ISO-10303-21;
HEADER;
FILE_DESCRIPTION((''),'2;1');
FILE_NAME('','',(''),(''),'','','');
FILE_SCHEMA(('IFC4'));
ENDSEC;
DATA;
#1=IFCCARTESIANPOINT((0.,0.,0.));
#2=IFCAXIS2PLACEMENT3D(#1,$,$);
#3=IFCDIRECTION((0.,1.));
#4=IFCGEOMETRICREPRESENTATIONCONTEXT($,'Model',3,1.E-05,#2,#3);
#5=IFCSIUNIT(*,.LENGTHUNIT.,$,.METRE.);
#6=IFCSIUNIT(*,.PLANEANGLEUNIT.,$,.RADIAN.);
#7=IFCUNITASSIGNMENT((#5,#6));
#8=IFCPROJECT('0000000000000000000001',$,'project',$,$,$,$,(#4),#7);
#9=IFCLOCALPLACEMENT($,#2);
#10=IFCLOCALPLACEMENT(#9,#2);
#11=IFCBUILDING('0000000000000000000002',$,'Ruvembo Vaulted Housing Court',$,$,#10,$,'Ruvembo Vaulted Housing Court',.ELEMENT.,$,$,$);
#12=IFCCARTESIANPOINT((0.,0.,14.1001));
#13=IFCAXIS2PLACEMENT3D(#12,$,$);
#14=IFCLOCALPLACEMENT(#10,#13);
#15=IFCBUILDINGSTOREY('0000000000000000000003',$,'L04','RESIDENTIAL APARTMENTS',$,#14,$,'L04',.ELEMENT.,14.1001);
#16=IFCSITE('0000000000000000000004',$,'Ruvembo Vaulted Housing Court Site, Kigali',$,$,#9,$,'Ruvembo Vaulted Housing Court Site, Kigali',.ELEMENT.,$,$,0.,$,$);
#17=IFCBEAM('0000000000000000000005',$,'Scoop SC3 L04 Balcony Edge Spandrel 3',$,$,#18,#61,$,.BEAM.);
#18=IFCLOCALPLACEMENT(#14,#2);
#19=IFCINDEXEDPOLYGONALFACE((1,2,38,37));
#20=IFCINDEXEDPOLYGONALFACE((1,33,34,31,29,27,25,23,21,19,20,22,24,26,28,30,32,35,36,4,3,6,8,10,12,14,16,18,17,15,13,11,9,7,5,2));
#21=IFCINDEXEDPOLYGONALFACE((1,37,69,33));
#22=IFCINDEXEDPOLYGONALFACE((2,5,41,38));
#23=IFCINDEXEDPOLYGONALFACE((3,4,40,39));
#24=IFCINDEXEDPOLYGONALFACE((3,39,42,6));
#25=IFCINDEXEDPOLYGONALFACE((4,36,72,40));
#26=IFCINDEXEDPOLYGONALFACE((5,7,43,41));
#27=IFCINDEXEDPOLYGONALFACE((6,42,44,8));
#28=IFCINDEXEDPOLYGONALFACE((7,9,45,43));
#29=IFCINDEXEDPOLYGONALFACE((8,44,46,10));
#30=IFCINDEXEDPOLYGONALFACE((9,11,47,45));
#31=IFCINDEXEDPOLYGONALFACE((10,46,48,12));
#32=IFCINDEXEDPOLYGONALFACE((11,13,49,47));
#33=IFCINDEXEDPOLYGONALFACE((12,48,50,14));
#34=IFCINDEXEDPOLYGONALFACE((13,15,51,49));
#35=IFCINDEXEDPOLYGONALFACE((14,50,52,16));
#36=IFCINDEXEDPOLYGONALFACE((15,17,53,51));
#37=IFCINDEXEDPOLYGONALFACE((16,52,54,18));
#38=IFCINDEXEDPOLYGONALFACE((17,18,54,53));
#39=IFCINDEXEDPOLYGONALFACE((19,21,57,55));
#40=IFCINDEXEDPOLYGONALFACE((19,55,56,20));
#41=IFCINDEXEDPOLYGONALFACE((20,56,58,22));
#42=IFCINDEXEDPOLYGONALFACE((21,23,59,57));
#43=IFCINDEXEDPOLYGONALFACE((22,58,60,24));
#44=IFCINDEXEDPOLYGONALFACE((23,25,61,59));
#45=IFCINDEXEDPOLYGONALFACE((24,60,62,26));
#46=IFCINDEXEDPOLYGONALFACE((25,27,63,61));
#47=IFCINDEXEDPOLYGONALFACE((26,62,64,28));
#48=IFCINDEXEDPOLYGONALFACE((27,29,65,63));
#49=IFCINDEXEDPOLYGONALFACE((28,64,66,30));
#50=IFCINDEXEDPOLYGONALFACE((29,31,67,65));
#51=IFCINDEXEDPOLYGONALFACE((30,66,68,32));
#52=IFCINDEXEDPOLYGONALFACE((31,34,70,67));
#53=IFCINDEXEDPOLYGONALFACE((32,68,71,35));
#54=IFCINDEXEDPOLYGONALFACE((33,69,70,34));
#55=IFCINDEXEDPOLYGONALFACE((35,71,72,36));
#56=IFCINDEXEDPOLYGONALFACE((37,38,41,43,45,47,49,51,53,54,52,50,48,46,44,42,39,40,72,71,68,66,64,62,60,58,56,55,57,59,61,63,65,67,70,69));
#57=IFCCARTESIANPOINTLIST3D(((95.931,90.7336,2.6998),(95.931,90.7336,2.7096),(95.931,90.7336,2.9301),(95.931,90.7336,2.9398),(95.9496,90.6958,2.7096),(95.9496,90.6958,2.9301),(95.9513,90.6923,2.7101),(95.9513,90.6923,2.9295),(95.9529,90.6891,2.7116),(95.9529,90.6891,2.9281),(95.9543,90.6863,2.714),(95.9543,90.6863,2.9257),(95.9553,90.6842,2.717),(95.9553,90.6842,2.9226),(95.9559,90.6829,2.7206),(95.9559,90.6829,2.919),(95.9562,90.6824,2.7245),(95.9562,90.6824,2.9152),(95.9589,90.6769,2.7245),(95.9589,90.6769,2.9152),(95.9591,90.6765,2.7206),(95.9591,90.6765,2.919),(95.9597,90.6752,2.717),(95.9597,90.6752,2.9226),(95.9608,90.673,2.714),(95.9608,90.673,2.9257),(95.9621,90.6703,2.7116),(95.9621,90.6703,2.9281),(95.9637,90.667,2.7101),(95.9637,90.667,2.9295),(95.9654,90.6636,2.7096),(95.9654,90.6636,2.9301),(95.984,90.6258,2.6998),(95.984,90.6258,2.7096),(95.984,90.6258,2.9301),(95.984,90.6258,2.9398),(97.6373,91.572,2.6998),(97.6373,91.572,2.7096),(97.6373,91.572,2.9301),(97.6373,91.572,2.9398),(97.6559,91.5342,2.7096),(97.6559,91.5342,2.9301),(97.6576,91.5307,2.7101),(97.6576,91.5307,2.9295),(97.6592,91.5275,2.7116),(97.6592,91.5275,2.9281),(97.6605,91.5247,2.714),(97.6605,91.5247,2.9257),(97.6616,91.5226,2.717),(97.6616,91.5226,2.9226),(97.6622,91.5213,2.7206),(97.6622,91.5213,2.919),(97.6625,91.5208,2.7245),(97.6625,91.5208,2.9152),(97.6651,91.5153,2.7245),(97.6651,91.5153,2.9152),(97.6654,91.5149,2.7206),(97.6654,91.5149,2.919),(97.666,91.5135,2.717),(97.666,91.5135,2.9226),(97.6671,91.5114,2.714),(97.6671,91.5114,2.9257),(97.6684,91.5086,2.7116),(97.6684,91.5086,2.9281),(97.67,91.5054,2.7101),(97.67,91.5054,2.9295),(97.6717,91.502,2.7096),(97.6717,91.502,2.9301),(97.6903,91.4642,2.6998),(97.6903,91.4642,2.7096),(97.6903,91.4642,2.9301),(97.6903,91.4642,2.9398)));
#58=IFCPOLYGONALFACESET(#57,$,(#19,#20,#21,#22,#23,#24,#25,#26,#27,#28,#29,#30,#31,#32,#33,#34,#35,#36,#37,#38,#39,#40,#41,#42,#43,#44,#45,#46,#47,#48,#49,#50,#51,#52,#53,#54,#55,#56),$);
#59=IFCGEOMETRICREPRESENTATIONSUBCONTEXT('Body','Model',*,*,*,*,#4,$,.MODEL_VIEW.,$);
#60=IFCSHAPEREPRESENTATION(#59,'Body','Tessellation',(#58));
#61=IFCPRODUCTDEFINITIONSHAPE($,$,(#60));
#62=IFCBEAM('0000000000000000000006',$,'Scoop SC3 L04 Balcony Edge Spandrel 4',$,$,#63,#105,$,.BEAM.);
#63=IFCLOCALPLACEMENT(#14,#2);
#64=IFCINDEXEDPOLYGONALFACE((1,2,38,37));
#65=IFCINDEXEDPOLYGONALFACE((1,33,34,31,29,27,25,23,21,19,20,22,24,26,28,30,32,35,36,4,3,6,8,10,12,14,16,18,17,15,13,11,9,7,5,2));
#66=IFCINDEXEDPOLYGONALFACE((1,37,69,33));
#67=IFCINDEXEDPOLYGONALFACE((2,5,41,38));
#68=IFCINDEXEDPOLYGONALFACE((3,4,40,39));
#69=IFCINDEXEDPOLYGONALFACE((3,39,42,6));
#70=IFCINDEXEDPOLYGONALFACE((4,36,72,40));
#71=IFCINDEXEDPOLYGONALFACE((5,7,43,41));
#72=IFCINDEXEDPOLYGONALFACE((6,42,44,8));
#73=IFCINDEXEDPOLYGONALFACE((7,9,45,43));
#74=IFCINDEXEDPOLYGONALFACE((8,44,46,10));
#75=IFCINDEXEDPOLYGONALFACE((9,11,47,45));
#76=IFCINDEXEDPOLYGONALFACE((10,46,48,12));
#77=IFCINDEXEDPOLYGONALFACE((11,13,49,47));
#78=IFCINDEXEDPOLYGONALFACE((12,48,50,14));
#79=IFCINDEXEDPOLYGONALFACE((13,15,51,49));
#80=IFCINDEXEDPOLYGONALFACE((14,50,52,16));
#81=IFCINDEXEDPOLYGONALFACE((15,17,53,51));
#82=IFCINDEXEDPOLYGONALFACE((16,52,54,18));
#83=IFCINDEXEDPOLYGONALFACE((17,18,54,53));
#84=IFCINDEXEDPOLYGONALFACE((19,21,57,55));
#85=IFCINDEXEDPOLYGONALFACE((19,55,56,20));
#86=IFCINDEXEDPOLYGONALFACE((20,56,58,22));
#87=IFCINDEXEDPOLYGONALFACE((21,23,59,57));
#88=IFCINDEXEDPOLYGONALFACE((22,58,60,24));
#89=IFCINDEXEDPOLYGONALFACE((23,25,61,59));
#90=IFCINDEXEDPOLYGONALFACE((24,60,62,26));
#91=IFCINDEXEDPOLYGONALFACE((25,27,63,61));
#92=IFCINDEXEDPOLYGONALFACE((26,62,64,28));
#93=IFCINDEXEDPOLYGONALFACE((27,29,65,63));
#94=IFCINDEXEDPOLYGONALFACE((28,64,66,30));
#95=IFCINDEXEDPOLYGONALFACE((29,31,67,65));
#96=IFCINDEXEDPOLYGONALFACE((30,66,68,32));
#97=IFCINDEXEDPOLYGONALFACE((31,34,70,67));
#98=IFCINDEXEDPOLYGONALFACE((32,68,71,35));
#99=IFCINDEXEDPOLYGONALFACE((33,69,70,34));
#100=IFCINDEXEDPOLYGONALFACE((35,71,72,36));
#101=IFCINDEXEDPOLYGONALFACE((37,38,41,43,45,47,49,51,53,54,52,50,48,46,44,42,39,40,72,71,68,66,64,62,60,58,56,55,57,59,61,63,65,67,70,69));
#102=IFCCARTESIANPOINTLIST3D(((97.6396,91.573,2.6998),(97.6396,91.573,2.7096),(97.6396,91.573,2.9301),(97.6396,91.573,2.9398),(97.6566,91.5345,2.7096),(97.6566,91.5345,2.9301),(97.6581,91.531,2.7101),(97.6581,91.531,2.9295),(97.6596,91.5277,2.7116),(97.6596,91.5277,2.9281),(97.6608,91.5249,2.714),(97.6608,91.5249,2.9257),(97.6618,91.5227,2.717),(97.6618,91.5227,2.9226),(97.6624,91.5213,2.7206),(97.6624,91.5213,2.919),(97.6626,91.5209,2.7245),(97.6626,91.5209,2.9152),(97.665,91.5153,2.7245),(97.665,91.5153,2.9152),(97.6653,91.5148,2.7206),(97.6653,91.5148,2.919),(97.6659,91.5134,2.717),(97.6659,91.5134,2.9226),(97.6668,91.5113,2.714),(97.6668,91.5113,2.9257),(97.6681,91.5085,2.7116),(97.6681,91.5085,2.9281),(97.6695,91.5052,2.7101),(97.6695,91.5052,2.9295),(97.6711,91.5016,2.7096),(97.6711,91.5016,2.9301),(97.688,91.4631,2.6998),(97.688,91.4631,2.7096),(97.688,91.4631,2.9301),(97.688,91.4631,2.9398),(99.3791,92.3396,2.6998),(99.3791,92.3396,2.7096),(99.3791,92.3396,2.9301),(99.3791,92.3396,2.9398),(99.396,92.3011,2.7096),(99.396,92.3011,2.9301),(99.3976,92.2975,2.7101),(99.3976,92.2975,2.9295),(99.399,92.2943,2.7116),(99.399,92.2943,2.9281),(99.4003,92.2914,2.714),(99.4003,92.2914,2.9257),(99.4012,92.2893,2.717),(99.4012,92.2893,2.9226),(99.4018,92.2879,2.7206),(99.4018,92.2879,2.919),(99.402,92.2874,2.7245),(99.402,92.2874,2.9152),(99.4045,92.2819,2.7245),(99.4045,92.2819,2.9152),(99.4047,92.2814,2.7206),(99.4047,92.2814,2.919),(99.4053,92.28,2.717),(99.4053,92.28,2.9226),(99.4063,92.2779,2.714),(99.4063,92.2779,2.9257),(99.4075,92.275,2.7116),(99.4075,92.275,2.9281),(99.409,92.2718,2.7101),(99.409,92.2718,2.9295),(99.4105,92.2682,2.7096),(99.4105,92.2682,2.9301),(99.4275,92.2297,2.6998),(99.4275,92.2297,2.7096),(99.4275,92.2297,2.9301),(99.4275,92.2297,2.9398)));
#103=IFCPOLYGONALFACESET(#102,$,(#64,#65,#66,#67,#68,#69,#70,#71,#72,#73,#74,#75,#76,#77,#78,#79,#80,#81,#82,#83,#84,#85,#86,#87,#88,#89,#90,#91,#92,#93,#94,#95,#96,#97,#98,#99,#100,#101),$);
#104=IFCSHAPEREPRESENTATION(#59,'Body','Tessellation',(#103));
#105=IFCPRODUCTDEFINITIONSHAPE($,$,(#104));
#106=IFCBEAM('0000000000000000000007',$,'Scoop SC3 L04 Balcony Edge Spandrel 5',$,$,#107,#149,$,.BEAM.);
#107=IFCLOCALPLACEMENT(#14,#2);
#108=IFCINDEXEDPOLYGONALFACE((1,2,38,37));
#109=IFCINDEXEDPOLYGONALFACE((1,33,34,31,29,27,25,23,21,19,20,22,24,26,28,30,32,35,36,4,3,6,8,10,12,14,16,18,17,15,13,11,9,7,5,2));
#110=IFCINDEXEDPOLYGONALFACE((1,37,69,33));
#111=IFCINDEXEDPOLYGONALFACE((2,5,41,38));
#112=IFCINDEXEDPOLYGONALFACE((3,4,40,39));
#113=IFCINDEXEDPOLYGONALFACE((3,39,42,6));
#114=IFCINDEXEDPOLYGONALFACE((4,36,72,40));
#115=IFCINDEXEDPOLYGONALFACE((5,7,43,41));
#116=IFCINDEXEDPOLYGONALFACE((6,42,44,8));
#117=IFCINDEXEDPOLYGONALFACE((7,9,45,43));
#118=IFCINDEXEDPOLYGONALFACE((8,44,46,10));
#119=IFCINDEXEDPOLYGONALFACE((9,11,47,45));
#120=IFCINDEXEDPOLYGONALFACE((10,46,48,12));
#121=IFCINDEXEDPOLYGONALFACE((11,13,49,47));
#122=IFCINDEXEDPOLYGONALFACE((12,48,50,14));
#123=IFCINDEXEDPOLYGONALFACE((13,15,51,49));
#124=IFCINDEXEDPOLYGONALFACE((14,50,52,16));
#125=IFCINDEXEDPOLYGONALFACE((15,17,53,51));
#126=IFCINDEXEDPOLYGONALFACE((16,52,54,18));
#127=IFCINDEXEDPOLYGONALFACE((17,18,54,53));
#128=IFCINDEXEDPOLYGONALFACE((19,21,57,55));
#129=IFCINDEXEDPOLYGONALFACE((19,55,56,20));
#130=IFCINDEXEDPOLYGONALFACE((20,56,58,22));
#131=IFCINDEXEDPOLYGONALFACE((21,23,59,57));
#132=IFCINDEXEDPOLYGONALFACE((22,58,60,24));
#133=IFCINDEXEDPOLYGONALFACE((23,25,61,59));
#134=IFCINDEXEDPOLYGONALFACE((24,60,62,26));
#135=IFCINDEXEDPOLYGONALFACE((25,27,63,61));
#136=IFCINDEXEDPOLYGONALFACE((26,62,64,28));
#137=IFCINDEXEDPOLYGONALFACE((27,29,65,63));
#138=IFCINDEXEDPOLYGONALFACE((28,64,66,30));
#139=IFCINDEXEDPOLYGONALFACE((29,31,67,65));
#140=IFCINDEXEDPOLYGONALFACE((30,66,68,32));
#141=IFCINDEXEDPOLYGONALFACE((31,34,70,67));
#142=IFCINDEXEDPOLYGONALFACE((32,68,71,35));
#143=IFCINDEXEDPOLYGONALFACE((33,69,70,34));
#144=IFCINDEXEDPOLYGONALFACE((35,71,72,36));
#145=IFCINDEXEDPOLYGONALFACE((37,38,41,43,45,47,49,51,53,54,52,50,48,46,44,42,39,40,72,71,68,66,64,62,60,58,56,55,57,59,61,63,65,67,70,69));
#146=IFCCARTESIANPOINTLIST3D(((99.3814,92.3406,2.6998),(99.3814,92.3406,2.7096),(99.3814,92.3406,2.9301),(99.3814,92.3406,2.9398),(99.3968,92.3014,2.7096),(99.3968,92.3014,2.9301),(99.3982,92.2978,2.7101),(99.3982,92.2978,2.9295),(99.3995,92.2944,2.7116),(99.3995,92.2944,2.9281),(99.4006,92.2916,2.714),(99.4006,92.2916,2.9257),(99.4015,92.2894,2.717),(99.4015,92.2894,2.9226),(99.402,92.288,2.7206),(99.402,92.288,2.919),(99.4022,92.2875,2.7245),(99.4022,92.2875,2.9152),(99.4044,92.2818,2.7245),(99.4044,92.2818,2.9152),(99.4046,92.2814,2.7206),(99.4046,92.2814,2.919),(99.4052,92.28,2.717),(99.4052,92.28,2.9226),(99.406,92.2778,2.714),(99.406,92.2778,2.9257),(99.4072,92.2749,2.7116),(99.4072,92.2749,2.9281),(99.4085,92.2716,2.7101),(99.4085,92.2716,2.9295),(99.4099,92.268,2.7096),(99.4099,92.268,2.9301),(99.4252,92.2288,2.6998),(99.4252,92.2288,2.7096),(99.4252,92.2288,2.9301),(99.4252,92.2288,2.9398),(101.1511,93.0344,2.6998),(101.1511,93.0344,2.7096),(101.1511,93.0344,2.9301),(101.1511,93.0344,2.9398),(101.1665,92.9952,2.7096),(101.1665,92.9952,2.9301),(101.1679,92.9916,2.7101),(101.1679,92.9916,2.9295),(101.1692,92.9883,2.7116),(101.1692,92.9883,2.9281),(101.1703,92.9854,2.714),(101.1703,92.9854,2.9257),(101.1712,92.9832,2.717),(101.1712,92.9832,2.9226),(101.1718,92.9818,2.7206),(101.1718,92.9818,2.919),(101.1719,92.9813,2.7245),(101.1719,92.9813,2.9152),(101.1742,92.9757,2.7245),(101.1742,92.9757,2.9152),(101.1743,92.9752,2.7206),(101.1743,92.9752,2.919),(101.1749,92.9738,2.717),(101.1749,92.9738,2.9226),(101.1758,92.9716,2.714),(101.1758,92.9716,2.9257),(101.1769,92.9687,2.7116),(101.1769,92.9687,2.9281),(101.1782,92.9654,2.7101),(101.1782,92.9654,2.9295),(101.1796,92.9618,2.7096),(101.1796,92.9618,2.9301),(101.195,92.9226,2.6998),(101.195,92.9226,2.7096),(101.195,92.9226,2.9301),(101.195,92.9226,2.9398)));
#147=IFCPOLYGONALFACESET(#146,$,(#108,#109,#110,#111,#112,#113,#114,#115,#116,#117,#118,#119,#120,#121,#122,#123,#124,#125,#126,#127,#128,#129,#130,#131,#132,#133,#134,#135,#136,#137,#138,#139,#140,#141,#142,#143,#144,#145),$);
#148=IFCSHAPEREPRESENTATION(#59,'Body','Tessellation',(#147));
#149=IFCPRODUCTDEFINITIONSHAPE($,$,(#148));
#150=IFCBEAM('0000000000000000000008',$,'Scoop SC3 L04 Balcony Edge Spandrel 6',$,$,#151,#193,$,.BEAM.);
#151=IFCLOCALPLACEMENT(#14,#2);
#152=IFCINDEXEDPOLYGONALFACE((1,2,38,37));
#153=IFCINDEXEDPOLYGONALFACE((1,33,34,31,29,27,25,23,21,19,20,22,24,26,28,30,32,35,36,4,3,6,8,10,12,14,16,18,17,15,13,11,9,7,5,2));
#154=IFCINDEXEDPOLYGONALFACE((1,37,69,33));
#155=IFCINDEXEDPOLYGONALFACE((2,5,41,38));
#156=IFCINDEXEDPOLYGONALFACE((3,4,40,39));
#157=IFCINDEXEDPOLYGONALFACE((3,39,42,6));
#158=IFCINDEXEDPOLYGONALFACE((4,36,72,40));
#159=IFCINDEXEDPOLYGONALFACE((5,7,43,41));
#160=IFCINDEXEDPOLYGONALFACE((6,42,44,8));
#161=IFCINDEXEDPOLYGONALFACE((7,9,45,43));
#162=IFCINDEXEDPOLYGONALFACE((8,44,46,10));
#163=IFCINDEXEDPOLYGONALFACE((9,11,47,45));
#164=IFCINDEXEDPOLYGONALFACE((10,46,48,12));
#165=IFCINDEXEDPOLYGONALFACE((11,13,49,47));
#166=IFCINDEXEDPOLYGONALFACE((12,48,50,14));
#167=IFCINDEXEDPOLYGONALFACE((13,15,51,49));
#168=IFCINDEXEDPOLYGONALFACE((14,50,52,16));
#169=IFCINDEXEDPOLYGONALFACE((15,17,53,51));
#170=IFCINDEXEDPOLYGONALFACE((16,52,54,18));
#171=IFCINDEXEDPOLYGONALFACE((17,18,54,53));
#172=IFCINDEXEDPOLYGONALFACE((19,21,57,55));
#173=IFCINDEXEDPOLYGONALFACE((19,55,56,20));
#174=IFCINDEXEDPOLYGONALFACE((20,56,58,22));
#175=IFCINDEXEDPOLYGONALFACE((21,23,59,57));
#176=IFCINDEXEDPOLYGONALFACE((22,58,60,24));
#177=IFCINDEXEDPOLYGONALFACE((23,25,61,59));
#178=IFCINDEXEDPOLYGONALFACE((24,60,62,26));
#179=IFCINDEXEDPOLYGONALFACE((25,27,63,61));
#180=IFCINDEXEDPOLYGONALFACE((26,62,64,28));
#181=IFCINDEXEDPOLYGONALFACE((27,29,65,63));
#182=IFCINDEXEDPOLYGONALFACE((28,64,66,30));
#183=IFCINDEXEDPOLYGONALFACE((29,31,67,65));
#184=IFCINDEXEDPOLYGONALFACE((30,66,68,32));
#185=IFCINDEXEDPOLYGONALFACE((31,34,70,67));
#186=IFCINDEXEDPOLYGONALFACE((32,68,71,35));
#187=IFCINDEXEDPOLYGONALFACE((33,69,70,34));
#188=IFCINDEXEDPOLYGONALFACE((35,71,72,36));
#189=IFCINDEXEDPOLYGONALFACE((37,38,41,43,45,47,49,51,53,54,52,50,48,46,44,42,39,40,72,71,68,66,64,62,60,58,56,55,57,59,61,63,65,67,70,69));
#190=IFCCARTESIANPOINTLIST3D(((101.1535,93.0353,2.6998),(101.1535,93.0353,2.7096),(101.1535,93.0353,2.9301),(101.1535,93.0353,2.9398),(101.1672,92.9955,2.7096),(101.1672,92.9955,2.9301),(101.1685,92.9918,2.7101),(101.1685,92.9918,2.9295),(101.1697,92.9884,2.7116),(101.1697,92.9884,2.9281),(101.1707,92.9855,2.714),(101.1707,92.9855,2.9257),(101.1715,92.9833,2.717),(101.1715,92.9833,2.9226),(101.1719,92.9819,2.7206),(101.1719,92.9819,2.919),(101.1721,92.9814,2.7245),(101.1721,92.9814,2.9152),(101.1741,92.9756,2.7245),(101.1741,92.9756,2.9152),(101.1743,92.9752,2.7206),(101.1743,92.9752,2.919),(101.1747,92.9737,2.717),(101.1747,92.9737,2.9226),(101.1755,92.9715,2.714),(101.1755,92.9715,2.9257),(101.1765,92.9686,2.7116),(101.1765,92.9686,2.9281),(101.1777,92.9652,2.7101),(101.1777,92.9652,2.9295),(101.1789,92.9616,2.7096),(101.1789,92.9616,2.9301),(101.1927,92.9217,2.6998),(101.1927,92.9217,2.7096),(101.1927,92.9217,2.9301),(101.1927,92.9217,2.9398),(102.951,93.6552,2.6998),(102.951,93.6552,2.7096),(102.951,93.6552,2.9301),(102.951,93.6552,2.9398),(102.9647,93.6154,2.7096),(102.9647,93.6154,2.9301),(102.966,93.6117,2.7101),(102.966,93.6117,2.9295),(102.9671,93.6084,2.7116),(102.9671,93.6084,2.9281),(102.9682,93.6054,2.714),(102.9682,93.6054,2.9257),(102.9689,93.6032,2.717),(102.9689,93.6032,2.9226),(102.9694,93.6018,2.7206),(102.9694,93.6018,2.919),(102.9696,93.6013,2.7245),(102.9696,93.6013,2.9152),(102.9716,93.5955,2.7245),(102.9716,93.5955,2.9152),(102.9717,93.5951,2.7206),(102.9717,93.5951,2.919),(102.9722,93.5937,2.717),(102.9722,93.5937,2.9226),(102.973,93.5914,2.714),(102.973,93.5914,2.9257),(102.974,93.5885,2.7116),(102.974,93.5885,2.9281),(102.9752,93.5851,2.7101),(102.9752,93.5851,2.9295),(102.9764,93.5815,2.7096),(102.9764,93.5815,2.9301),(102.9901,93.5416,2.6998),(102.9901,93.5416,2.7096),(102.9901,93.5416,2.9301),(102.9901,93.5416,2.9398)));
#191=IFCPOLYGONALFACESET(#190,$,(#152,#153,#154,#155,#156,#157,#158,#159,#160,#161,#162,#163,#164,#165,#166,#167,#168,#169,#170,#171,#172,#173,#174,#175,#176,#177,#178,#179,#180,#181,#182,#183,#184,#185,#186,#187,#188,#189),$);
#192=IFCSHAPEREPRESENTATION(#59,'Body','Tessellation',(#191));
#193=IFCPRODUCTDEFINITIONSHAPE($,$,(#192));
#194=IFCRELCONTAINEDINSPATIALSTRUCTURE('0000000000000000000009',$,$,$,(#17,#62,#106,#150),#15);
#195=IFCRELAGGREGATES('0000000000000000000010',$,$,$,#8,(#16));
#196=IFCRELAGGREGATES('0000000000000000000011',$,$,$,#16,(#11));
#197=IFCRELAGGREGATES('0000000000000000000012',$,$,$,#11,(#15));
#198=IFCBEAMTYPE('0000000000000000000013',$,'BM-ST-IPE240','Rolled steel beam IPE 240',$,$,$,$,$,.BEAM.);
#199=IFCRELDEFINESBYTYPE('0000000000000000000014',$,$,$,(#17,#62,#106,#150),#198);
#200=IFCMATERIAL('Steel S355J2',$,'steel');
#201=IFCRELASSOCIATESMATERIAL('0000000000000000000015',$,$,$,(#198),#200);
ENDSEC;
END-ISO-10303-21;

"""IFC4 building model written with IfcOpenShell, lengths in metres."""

from ifc_helpers import new_model, si_unit, direction, frame, origin, origin_2d, place, context, subcontext, project, spatial, i_section, extrude, material, material_profile, profile_set, type_object, element, save


model = new_model("IFC4")

# Units and contexts
model_context = context("Model", 3, precision=1e-05, world=origin(), true_north=direction((0.0, 1.0)))
body_context = subcontext(model_context, "Body", "Model", "MODEL_VIEW")
ifc_project = project(units=[si_unit("LENGTHUNIT", "METRE"), si_unit("PLANEANGLEUNIT", "RADIAN")], contexts=[model_context])

# Site, building, storey
site_placement = place(None, origin())
site = spatial("IfcSite", under=ifc_project, at=site_placement, Name="Ruvembo Vaulted Housing Court Site, Kigali", LongName="Ruvembo Vaulted Housing Court Site, Kigali", CompositionType="ELEMENT", RefElevation=0.0)
building_placement = place(site_placement, origin())
building = spatial("IfcBuilding", under=site, at=building_placement, Name="Ruvembo Vaulted Housing Court", LongName="Ruvembo Vaulted Housing Court", CompositionType="ELEMENT")
storey_placement = place(building_placement, frame((0.0, 0.0, 14.1001)))
storey = spatial("IfcBuildingStorey", under=building, at=storey_placement, Name="L04", Description="RESIDENTIAL APARTMENTS", LongName="L04", CompositionType="ELEMENT", Elevation=14.1001)

# Beams
ifc_material_1 = material(Name="Steel S355J2", Category="steel")
ifc_material_profile_1 = material_profile(ifc_material_1, i_section(OverallWidth=0.1201, OverallDepth=0.24, WebThickness=0.0061, FlangeThickness=0.0098, FilletRadius=0.0149, at=origin_2d()), Name="IPE 240")
ifc_profile_set_1 = profile_set([ifc_material_profile_1], Name="Steel S355J2")
beam_type = type_object("IfcBeamType", Name="BM-ST-IPE240", Description="Rolled steel beam IPE 240", PredefinedType="BEAM", material=ifc_profile_set_1)
beam_1_placement = place(storey_placement, frame((95.9575, 90.6797, 2.8198), z_axis=(0.897513, 0.440987, 0.0), x_axis=(-0.440987, 0.897513, 0.0)))
element("IfcBeam", 1, at=beam_1_placement, inside=storey, type_object=beam_type, Name="Scoop SC3 L04 Balcony Edge Spandrel 3", PredefinedType="BEAM", context=body_context, shape_type="SweptSolid", body=[
    extrude(i_section(OverallWidth=0.1201, OverallDepth=0.24, WebThickness=0.0061, FlangeThickness=0.0098, FilletRadius=0.0149, at=origin_2d()), origin(), (0.0, 0.0, 1.0), 1.9011),
])
for number, where, z_axis, x_axis, name in (
    (2, (97.6638, 91.5181, 2.8198), (0.915078, 0.403277, 0.0), (-0.403277, 0.915078, 0.0), "Scoop SC3 L04 Balcony Edge Spandrel 4"),
    (3, (99.4033, 92.2847, 2.8198), (0.931006, 0.365005, 0.0), (-0.365005, 0.931006, 0.0), "Scoop SC3 L04 Balcony Edge Spandrel 5"),
):
    element("IfcBeam", number, at=place(storey_placement, frame(where, z_axis=z_axis, x_axis=x_axis)), inside=storey, type_object=beam_type, Name=name, PredefinedType="BEAM", context=body_context, shape_type="SweptSolid", body=[
        extrude(i_section(OverallWidth=0.1201, OverallDepth=0.24, WebThickness=0.0061, FlangeThickness=0.0098, FilletRadius=0.0149, at=origin_2d()), origin(), (0.0, 0.0, 1.0), 1.9009),
    ])
beam_2_placement = place(storey_placement, frame((101.1731, 92.9785, 2.8198), z_axis=(0.945358, 0.326034, 0.0), x_axis=(-0.326034, 0.945358, 0.0)))
element("IfcBeam", 4, at=beam_2_placement, inside=storey, type_object=beam_type, Name="Scoop SC3 L04 Balcony Edge Spandrel 6", PredefinedType="BEAM", context=body_context, shape_type="SweptSolid", body=[
    extrude(i_section(OverallWidth=0.1201, OverallDepth=0.24, WebThickness=0.0061, FlangeThickness=0.0098, FilletRadius=0.0149, at=origin_2d()), origin(), (0.0, 0.0, 1.0), 1.9014),
])

save(model, "model.ifc")
